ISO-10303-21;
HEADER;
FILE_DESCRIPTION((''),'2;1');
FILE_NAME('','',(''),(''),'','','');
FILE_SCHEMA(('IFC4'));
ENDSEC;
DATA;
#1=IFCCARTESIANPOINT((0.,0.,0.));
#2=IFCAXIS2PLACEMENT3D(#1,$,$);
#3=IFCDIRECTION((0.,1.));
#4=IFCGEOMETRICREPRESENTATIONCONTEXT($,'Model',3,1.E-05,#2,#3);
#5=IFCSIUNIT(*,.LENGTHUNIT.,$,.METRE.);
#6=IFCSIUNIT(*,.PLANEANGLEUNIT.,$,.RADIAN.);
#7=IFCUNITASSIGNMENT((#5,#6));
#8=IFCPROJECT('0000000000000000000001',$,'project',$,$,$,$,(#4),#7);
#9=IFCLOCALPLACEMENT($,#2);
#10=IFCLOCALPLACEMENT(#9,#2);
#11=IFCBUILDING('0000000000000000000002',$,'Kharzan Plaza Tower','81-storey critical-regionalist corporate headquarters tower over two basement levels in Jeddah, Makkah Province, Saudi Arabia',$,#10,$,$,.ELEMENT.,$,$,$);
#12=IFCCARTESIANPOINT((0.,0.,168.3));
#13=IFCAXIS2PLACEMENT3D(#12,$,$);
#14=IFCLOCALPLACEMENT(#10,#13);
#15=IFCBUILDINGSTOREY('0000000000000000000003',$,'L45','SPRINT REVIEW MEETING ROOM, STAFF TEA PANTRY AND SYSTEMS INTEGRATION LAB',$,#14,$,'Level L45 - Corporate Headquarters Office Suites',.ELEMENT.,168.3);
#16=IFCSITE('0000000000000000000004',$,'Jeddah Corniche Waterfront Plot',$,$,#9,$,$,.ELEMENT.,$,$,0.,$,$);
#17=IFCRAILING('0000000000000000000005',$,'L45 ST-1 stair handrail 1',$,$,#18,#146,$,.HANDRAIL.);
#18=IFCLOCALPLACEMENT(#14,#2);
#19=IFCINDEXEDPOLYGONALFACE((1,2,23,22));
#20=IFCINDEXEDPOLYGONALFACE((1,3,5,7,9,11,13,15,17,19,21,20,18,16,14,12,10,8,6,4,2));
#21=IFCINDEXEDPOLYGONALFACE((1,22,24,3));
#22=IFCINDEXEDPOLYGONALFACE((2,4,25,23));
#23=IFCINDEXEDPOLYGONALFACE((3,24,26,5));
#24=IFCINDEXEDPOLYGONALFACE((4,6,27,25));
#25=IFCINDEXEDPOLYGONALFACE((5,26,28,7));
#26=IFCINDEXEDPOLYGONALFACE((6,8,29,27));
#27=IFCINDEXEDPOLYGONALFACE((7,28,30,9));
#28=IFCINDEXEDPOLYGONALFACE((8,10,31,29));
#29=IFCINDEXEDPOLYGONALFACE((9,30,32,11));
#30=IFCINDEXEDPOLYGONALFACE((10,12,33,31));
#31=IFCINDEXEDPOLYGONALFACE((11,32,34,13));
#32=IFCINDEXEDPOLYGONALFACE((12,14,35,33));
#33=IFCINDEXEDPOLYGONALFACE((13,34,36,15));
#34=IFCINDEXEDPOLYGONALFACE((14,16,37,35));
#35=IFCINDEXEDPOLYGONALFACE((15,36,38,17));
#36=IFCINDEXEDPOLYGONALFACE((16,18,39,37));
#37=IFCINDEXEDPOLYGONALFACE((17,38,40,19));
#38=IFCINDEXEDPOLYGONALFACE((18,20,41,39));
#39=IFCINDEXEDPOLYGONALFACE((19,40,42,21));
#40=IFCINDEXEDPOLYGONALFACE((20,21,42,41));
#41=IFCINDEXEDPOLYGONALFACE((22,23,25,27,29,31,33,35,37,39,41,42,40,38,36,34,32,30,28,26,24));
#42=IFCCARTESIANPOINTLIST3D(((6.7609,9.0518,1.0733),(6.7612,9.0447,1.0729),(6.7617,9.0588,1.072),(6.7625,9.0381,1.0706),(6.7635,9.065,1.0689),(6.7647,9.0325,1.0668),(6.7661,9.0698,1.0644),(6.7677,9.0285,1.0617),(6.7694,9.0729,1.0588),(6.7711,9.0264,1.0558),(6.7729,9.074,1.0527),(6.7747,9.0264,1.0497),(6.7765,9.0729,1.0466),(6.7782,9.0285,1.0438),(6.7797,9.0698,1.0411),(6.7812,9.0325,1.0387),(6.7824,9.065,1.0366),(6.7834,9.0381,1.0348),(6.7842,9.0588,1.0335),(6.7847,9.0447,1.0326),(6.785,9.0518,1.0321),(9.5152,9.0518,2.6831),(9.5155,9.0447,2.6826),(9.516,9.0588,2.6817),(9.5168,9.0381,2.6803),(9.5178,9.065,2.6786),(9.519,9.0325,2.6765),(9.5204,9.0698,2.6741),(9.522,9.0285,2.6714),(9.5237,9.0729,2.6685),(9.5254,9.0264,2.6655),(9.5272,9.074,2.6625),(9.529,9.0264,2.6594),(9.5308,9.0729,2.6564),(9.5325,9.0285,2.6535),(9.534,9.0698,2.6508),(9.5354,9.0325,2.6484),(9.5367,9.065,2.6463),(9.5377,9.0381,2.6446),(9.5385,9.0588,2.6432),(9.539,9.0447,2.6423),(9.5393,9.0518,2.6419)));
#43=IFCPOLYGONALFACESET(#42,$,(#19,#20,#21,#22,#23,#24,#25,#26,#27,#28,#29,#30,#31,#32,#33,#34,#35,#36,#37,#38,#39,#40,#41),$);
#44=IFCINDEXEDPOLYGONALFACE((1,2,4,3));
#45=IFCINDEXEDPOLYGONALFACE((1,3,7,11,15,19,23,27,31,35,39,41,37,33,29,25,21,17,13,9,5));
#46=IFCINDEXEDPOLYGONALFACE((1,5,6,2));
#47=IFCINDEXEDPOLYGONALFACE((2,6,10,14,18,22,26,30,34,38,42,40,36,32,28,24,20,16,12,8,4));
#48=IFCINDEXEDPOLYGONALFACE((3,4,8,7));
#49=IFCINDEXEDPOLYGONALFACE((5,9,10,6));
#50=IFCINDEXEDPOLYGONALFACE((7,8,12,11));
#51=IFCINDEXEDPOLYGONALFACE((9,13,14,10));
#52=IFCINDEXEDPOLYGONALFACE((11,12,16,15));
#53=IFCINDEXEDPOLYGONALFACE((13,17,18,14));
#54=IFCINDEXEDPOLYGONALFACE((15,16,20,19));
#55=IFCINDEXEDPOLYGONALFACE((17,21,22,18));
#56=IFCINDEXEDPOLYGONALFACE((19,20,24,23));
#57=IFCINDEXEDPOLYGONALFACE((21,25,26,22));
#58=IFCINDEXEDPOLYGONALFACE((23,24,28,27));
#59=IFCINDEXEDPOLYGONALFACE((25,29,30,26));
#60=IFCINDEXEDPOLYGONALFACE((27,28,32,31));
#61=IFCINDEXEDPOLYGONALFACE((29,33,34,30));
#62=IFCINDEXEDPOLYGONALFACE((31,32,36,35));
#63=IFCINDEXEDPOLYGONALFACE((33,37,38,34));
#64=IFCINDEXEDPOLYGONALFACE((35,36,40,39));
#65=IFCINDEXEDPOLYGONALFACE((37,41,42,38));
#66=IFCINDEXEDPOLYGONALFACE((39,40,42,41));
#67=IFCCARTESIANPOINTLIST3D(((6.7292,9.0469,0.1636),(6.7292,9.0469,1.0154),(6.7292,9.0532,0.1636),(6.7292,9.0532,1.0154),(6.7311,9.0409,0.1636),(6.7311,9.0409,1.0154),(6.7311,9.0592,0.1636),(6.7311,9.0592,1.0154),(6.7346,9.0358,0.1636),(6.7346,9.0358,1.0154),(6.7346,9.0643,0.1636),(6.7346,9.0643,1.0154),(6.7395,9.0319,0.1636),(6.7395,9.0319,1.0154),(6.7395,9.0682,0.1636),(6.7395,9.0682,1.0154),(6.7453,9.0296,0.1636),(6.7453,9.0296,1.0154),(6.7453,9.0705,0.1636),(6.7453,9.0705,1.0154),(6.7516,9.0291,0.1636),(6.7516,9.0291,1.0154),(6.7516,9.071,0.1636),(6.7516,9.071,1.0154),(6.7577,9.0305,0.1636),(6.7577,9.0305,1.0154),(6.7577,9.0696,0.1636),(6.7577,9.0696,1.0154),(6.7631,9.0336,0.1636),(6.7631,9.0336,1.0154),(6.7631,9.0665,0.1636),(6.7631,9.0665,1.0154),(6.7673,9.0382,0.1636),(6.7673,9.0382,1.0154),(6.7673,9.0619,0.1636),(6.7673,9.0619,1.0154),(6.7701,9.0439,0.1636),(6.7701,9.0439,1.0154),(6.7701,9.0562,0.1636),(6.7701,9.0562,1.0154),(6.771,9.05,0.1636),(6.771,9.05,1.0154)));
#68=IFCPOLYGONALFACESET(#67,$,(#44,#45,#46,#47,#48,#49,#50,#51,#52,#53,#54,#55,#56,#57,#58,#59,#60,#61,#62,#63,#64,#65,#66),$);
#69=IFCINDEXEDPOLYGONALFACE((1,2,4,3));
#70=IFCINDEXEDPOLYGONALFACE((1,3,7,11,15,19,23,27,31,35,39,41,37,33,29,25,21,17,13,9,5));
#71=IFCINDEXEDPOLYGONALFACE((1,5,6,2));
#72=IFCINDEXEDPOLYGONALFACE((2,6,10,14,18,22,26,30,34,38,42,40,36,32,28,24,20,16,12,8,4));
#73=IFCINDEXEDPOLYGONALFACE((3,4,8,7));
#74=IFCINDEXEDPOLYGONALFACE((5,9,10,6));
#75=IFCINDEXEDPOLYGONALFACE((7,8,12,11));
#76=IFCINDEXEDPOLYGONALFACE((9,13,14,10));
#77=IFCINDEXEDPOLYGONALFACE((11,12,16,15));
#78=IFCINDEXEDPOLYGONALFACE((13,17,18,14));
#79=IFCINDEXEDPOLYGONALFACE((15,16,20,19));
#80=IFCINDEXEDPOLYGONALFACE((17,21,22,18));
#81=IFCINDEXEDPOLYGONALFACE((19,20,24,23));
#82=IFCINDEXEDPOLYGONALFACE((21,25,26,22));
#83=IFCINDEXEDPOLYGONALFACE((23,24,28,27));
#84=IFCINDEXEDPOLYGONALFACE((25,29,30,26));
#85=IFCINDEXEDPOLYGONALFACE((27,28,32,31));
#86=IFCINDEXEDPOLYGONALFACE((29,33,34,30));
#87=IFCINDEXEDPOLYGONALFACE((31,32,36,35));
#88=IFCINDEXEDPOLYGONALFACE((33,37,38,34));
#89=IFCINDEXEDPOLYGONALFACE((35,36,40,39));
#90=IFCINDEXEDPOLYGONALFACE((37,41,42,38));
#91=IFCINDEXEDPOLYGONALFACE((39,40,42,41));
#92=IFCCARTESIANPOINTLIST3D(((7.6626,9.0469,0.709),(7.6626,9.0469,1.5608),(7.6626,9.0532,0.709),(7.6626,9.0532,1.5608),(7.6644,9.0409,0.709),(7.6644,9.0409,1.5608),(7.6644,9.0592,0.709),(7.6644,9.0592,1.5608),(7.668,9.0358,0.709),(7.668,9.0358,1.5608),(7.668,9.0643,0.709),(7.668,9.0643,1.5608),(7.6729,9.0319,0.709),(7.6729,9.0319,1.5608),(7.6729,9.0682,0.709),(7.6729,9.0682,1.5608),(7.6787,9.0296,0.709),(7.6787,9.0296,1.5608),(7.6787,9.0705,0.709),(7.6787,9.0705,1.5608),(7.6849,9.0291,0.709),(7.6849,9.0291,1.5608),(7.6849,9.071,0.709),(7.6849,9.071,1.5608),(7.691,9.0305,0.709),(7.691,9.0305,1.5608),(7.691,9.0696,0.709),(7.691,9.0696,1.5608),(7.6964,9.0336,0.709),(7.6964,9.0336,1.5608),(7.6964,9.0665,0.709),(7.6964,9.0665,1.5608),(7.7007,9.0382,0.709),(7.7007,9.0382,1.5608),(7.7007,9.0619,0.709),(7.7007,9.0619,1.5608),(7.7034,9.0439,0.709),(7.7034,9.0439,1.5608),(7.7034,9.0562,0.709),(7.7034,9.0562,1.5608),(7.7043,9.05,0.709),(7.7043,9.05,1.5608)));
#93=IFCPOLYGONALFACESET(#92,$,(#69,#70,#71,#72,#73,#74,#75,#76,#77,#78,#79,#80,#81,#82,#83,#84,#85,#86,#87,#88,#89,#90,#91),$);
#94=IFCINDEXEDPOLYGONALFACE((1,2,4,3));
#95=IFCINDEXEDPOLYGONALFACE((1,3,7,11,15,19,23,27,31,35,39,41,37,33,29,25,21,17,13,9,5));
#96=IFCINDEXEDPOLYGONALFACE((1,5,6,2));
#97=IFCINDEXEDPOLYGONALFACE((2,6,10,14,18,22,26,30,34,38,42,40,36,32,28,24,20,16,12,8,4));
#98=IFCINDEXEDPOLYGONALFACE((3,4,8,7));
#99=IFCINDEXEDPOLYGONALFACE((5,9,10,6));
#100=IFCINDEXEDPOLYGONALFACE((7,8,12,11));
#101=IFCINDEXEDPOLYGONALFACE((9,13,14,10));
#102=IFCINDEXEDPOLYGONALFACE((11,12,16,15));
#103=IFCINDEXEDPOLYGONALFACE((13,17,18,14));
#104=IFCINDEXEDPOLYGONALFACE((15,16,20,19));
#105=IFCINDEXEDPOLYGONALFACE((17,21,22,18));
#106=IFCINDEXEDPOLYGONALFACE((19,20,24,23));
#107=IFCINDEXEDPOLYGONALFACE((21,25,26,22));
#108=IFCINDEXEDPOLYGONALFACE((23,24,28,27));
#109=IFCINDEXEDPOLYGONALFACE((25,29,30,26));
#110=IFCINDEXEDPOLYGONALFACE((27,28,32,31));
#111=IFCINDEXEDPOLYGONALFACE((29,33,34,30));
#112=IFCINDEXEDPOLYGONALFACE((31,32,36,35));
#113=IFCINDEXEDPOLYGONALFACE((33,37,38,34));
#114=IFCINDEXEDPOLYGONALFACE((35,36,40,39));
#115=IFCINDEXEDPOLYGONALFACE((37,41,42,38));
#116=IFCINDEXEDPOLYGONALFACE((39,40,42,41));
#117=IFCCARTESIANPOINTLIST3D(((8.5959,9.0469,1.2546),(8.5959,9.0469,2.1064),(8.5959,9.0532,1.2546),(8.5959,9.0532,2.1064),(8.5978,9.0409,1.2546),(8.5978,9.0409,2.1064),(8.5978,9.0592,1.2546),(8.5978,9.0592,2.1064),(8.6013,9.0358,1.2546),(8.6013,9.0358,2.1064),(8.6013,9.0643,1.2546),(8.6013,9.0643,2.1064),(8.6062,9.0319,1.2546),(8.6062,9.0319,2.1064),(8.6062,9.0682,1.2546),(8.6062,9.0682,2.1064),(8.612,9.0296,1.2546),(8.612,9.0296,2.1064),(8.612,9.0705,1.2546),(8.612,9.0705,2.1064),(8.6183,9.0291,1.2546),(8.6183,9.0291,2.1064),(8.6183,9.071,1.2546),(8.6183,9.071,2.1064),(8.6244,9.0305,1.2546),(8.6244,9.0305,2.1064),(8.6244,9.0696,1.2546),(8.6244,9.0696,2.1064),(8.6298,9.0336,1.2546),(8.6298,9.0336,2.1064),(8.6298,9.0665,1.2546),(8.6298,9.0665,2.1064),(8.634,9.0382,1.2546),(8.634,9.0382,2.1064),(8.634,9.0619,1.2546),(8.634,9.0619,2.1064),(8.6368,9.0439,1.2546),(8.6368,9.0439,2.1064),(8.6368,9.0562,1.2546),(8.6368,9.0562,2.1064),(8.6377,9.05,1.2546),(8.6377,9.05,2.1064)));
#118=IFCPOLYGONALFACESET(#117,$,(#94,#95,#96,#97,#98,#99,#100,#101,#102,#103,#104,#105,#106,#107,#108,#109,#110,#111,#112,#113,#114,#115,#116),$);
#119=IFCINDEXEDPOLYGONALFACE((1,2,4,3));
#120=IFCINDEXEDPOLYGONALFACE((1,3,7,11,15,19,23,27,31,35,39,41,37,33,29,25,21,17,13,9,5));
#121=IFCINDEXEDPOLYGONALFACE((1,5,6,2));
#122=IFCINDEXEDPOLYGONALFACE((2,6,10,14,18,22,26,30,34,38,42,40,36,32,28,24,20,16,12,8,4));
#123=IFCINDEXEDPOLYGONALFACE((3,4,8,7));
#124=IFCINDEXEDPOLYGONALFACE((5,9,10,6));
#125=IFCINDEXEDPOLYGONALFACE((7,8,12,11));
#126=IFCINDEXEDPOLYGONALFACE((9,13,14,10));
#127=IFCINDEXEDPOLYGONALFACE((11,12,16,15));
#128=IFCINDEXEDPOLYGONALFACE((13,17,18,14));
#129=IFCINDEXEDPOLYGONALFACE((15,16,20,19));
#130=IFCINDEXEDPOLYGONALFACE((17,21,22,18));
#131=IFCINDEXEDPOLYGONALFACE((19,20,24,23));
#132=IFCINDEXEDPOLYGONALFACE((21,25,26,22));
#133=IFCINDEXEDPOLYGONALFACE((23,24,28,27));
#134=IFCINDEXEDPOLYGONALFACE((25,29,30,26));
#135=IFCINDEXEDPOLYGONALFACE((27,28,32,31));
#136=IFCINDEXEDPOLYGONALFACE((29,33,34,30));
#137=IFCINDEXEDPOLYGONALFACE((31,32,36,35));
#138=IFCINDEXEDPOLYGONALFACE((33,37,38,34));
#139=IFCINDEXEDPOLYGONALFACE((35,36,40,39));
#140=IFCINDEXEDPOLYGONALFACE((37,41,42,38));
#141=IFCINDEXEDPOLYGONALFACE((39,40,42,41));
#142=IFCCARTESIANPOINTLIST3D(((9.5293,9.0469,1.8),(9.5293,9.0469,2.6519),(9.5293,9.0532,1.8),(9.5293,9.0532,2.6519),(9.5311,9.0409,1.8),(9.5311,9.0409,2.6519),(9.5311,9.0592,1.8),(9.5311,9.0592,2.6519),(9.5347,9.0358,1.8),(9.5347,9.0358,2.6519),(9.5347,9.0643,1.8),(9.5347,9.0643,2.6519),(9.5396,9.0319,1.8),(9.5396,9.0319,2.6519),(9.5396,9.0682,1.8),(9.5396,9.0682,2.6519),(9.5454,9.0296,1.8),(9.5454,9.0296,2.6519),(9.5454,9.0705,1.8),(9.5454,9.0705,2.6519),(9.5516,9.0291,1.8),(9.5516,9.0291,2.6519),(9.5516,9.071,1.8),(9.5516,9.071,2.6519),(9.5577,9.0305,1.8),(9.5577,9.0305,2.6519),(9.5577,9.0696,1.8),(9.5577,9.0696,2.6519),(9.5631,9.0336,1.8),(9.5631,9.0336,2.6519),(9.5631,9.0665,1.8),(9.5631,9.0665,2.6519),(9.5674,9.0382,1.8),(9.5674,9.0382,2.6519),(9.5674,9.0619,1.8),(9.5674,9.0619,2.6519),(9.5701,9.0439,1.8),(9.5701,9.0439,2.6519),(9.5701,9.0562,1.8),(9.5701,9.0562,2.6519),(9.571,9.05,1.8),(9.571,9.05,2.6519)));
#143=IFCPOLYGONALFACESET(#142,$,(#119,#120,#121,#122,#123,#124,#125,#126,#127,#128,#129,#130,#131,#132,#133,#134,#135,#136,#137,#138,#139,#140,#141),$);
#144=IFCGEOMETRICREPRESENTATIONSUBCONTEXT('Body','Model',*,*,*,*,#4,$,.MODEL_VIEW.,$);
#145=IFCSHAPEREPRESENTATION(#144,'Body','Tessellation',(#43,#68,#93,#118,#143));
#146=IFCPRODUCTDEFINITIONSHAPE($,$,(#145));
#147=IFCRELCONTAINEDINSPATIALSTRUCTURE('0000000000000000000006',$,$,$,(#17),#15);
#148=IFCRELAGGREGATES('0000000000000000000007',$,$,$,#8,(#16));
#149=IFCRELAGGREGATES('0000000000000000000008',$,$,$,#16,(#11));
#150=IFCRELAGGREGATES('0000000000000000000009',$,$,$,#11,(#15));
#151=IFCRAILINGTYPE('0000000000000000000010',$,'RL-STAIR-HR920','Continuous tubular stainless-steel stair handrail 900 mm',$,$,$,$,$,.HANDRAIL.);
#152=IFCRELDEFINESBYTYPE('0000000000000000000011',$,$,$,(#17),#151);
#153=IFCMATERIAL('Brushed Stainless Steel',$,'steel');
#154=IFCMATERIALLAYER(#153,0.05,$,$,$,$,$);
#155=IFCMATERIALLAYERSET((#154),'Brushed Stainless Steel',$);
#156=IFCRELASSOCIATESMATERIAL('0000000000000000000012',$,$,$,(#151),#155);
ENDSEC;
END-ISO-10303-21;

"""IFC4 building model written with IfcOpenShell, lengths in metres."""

from ifc_helpers import new_model, si_unit, direction, frame, origin, origin_2d, place, context, subcontext, project, spatial, circle, extrude, source, transform, mapped, material, layer, layer_set, type_object, element, save


model = new_model("IFC4")

# Units and contexts
model_context = context("Model", 3, precision=1e-05, world=origin(), true_north=direction((0.0, 1.0)))
body_context = subcontext(model_context, "Body", "Model", "MODEL_VIEW")
ifc_project = project(units=[si_unit("LENGTHUNIT", "METRE"), si_unit("PLANEANGLEUNIT", "RADIAN")], contexts=[model_context])

# Site, building, storey
site_placement = place(None, origin())
site = spatial("IfcSite", under=ifc_project, at=site_placement, Name="Jeddah Corniche Waterfront Plot", CompositionType="ELEMENT", RefElevation=0.0)
building_placement = place(site_placement, origin())
building = spatial("IfcBuilding", under=site, at=building_placement, Name="Kharzan Plaza Tower", Description="81-storey critical-regionalist corporate headquarters tower over two basement levels in Jeddah, Makkah Province, Saudi Arabia", CompositionType="ELEMENT")
storey_placement = place(building_placement, frame((0.0, 0.0, 168.3)))
storey = spatial("IfcBuildingStorey", under=building, at=storey_placement, Name="L45", Description="SPRINT REVIEW MEETING ROOM, STAFF TEA PANTRY AND SYSTEMS INTEGRATION LAB", LongName="Level L45 - Corporate Headquarters Office Suites", CompositionType="ELEMENT", Elevation=168.3)

# Shared definitions
ifc_material_1 = material(Name="Brushed Stainless Steel", Category="steel")

# Railing
ifc_layer_1 = layer(ifc_material_1, 0.05)
ifc_layer_set_1 = layer_set([ifc_layer_1], Name="Brushed Stainless Steel")
railing_type_1 = type_object("IfcRailingType", Name="RL-STAIR-HR920", Description="Continuous tubular stainless-steel stair handrail 900 mm", PredefinedType="HANDRAIL", material=ifc_layer_set_1)
shared_shape_1 = source(origin(), body_context, "Body", "SweptSolid", [
    extrude(circle(Radius=0.0239, at=origin_2d()), frame((0.0229, 0.0, 0.8892), z_axis=(0.863361, 0.0, 0.504587), x_axis=(0.0, 1.0, 0.0)), (0.0, 0.0, 1.0), 3.1902),
    extrude(circle(Radius=0.021, at=origin_2d()), origin(), (0.0, 0.0, 1.0), 0.8518),
    extrude(circle(Radius=0.021, at=origin_2d()), frame((0.9333, 0.0, 0.5454)), (0.0, 0.0, 1.0), 0.8518),
    extrude(circle(Radius=0.021, at=origin_2d()), frame((1.8667, 0.0, 1.0911)), (0.0, 0.0, 1.0), 0.8518),
    extrude(circle(Radius=0.021, at=origin_2d()), frame((2.8, 0.0, 1.6365)), (0.0, 0.0, 1.0), 0.8518),
])
railing_1_placement = place(storey_placement, frame((6.75, 9.05, 0.1636)))
element("IfcRailing", 1, at=railing_1_placement, inside=storey, type_object=railing_type_1, Name="L45 ST-1 stair handrail 1", PredefinedType="HANDRAIL", context=body_context, shape_type="MappedRepresentation", body=[
    mapped(shared_shape_1, transform((0.0, 0.0, 0.0), x_axis=(1.0, 0.0, 0.0), y_axis=(0.0, 1.0, 0.0), z_axis=(0.0, 0.0, 1.0))),
])

save(model, "model.ifc")
